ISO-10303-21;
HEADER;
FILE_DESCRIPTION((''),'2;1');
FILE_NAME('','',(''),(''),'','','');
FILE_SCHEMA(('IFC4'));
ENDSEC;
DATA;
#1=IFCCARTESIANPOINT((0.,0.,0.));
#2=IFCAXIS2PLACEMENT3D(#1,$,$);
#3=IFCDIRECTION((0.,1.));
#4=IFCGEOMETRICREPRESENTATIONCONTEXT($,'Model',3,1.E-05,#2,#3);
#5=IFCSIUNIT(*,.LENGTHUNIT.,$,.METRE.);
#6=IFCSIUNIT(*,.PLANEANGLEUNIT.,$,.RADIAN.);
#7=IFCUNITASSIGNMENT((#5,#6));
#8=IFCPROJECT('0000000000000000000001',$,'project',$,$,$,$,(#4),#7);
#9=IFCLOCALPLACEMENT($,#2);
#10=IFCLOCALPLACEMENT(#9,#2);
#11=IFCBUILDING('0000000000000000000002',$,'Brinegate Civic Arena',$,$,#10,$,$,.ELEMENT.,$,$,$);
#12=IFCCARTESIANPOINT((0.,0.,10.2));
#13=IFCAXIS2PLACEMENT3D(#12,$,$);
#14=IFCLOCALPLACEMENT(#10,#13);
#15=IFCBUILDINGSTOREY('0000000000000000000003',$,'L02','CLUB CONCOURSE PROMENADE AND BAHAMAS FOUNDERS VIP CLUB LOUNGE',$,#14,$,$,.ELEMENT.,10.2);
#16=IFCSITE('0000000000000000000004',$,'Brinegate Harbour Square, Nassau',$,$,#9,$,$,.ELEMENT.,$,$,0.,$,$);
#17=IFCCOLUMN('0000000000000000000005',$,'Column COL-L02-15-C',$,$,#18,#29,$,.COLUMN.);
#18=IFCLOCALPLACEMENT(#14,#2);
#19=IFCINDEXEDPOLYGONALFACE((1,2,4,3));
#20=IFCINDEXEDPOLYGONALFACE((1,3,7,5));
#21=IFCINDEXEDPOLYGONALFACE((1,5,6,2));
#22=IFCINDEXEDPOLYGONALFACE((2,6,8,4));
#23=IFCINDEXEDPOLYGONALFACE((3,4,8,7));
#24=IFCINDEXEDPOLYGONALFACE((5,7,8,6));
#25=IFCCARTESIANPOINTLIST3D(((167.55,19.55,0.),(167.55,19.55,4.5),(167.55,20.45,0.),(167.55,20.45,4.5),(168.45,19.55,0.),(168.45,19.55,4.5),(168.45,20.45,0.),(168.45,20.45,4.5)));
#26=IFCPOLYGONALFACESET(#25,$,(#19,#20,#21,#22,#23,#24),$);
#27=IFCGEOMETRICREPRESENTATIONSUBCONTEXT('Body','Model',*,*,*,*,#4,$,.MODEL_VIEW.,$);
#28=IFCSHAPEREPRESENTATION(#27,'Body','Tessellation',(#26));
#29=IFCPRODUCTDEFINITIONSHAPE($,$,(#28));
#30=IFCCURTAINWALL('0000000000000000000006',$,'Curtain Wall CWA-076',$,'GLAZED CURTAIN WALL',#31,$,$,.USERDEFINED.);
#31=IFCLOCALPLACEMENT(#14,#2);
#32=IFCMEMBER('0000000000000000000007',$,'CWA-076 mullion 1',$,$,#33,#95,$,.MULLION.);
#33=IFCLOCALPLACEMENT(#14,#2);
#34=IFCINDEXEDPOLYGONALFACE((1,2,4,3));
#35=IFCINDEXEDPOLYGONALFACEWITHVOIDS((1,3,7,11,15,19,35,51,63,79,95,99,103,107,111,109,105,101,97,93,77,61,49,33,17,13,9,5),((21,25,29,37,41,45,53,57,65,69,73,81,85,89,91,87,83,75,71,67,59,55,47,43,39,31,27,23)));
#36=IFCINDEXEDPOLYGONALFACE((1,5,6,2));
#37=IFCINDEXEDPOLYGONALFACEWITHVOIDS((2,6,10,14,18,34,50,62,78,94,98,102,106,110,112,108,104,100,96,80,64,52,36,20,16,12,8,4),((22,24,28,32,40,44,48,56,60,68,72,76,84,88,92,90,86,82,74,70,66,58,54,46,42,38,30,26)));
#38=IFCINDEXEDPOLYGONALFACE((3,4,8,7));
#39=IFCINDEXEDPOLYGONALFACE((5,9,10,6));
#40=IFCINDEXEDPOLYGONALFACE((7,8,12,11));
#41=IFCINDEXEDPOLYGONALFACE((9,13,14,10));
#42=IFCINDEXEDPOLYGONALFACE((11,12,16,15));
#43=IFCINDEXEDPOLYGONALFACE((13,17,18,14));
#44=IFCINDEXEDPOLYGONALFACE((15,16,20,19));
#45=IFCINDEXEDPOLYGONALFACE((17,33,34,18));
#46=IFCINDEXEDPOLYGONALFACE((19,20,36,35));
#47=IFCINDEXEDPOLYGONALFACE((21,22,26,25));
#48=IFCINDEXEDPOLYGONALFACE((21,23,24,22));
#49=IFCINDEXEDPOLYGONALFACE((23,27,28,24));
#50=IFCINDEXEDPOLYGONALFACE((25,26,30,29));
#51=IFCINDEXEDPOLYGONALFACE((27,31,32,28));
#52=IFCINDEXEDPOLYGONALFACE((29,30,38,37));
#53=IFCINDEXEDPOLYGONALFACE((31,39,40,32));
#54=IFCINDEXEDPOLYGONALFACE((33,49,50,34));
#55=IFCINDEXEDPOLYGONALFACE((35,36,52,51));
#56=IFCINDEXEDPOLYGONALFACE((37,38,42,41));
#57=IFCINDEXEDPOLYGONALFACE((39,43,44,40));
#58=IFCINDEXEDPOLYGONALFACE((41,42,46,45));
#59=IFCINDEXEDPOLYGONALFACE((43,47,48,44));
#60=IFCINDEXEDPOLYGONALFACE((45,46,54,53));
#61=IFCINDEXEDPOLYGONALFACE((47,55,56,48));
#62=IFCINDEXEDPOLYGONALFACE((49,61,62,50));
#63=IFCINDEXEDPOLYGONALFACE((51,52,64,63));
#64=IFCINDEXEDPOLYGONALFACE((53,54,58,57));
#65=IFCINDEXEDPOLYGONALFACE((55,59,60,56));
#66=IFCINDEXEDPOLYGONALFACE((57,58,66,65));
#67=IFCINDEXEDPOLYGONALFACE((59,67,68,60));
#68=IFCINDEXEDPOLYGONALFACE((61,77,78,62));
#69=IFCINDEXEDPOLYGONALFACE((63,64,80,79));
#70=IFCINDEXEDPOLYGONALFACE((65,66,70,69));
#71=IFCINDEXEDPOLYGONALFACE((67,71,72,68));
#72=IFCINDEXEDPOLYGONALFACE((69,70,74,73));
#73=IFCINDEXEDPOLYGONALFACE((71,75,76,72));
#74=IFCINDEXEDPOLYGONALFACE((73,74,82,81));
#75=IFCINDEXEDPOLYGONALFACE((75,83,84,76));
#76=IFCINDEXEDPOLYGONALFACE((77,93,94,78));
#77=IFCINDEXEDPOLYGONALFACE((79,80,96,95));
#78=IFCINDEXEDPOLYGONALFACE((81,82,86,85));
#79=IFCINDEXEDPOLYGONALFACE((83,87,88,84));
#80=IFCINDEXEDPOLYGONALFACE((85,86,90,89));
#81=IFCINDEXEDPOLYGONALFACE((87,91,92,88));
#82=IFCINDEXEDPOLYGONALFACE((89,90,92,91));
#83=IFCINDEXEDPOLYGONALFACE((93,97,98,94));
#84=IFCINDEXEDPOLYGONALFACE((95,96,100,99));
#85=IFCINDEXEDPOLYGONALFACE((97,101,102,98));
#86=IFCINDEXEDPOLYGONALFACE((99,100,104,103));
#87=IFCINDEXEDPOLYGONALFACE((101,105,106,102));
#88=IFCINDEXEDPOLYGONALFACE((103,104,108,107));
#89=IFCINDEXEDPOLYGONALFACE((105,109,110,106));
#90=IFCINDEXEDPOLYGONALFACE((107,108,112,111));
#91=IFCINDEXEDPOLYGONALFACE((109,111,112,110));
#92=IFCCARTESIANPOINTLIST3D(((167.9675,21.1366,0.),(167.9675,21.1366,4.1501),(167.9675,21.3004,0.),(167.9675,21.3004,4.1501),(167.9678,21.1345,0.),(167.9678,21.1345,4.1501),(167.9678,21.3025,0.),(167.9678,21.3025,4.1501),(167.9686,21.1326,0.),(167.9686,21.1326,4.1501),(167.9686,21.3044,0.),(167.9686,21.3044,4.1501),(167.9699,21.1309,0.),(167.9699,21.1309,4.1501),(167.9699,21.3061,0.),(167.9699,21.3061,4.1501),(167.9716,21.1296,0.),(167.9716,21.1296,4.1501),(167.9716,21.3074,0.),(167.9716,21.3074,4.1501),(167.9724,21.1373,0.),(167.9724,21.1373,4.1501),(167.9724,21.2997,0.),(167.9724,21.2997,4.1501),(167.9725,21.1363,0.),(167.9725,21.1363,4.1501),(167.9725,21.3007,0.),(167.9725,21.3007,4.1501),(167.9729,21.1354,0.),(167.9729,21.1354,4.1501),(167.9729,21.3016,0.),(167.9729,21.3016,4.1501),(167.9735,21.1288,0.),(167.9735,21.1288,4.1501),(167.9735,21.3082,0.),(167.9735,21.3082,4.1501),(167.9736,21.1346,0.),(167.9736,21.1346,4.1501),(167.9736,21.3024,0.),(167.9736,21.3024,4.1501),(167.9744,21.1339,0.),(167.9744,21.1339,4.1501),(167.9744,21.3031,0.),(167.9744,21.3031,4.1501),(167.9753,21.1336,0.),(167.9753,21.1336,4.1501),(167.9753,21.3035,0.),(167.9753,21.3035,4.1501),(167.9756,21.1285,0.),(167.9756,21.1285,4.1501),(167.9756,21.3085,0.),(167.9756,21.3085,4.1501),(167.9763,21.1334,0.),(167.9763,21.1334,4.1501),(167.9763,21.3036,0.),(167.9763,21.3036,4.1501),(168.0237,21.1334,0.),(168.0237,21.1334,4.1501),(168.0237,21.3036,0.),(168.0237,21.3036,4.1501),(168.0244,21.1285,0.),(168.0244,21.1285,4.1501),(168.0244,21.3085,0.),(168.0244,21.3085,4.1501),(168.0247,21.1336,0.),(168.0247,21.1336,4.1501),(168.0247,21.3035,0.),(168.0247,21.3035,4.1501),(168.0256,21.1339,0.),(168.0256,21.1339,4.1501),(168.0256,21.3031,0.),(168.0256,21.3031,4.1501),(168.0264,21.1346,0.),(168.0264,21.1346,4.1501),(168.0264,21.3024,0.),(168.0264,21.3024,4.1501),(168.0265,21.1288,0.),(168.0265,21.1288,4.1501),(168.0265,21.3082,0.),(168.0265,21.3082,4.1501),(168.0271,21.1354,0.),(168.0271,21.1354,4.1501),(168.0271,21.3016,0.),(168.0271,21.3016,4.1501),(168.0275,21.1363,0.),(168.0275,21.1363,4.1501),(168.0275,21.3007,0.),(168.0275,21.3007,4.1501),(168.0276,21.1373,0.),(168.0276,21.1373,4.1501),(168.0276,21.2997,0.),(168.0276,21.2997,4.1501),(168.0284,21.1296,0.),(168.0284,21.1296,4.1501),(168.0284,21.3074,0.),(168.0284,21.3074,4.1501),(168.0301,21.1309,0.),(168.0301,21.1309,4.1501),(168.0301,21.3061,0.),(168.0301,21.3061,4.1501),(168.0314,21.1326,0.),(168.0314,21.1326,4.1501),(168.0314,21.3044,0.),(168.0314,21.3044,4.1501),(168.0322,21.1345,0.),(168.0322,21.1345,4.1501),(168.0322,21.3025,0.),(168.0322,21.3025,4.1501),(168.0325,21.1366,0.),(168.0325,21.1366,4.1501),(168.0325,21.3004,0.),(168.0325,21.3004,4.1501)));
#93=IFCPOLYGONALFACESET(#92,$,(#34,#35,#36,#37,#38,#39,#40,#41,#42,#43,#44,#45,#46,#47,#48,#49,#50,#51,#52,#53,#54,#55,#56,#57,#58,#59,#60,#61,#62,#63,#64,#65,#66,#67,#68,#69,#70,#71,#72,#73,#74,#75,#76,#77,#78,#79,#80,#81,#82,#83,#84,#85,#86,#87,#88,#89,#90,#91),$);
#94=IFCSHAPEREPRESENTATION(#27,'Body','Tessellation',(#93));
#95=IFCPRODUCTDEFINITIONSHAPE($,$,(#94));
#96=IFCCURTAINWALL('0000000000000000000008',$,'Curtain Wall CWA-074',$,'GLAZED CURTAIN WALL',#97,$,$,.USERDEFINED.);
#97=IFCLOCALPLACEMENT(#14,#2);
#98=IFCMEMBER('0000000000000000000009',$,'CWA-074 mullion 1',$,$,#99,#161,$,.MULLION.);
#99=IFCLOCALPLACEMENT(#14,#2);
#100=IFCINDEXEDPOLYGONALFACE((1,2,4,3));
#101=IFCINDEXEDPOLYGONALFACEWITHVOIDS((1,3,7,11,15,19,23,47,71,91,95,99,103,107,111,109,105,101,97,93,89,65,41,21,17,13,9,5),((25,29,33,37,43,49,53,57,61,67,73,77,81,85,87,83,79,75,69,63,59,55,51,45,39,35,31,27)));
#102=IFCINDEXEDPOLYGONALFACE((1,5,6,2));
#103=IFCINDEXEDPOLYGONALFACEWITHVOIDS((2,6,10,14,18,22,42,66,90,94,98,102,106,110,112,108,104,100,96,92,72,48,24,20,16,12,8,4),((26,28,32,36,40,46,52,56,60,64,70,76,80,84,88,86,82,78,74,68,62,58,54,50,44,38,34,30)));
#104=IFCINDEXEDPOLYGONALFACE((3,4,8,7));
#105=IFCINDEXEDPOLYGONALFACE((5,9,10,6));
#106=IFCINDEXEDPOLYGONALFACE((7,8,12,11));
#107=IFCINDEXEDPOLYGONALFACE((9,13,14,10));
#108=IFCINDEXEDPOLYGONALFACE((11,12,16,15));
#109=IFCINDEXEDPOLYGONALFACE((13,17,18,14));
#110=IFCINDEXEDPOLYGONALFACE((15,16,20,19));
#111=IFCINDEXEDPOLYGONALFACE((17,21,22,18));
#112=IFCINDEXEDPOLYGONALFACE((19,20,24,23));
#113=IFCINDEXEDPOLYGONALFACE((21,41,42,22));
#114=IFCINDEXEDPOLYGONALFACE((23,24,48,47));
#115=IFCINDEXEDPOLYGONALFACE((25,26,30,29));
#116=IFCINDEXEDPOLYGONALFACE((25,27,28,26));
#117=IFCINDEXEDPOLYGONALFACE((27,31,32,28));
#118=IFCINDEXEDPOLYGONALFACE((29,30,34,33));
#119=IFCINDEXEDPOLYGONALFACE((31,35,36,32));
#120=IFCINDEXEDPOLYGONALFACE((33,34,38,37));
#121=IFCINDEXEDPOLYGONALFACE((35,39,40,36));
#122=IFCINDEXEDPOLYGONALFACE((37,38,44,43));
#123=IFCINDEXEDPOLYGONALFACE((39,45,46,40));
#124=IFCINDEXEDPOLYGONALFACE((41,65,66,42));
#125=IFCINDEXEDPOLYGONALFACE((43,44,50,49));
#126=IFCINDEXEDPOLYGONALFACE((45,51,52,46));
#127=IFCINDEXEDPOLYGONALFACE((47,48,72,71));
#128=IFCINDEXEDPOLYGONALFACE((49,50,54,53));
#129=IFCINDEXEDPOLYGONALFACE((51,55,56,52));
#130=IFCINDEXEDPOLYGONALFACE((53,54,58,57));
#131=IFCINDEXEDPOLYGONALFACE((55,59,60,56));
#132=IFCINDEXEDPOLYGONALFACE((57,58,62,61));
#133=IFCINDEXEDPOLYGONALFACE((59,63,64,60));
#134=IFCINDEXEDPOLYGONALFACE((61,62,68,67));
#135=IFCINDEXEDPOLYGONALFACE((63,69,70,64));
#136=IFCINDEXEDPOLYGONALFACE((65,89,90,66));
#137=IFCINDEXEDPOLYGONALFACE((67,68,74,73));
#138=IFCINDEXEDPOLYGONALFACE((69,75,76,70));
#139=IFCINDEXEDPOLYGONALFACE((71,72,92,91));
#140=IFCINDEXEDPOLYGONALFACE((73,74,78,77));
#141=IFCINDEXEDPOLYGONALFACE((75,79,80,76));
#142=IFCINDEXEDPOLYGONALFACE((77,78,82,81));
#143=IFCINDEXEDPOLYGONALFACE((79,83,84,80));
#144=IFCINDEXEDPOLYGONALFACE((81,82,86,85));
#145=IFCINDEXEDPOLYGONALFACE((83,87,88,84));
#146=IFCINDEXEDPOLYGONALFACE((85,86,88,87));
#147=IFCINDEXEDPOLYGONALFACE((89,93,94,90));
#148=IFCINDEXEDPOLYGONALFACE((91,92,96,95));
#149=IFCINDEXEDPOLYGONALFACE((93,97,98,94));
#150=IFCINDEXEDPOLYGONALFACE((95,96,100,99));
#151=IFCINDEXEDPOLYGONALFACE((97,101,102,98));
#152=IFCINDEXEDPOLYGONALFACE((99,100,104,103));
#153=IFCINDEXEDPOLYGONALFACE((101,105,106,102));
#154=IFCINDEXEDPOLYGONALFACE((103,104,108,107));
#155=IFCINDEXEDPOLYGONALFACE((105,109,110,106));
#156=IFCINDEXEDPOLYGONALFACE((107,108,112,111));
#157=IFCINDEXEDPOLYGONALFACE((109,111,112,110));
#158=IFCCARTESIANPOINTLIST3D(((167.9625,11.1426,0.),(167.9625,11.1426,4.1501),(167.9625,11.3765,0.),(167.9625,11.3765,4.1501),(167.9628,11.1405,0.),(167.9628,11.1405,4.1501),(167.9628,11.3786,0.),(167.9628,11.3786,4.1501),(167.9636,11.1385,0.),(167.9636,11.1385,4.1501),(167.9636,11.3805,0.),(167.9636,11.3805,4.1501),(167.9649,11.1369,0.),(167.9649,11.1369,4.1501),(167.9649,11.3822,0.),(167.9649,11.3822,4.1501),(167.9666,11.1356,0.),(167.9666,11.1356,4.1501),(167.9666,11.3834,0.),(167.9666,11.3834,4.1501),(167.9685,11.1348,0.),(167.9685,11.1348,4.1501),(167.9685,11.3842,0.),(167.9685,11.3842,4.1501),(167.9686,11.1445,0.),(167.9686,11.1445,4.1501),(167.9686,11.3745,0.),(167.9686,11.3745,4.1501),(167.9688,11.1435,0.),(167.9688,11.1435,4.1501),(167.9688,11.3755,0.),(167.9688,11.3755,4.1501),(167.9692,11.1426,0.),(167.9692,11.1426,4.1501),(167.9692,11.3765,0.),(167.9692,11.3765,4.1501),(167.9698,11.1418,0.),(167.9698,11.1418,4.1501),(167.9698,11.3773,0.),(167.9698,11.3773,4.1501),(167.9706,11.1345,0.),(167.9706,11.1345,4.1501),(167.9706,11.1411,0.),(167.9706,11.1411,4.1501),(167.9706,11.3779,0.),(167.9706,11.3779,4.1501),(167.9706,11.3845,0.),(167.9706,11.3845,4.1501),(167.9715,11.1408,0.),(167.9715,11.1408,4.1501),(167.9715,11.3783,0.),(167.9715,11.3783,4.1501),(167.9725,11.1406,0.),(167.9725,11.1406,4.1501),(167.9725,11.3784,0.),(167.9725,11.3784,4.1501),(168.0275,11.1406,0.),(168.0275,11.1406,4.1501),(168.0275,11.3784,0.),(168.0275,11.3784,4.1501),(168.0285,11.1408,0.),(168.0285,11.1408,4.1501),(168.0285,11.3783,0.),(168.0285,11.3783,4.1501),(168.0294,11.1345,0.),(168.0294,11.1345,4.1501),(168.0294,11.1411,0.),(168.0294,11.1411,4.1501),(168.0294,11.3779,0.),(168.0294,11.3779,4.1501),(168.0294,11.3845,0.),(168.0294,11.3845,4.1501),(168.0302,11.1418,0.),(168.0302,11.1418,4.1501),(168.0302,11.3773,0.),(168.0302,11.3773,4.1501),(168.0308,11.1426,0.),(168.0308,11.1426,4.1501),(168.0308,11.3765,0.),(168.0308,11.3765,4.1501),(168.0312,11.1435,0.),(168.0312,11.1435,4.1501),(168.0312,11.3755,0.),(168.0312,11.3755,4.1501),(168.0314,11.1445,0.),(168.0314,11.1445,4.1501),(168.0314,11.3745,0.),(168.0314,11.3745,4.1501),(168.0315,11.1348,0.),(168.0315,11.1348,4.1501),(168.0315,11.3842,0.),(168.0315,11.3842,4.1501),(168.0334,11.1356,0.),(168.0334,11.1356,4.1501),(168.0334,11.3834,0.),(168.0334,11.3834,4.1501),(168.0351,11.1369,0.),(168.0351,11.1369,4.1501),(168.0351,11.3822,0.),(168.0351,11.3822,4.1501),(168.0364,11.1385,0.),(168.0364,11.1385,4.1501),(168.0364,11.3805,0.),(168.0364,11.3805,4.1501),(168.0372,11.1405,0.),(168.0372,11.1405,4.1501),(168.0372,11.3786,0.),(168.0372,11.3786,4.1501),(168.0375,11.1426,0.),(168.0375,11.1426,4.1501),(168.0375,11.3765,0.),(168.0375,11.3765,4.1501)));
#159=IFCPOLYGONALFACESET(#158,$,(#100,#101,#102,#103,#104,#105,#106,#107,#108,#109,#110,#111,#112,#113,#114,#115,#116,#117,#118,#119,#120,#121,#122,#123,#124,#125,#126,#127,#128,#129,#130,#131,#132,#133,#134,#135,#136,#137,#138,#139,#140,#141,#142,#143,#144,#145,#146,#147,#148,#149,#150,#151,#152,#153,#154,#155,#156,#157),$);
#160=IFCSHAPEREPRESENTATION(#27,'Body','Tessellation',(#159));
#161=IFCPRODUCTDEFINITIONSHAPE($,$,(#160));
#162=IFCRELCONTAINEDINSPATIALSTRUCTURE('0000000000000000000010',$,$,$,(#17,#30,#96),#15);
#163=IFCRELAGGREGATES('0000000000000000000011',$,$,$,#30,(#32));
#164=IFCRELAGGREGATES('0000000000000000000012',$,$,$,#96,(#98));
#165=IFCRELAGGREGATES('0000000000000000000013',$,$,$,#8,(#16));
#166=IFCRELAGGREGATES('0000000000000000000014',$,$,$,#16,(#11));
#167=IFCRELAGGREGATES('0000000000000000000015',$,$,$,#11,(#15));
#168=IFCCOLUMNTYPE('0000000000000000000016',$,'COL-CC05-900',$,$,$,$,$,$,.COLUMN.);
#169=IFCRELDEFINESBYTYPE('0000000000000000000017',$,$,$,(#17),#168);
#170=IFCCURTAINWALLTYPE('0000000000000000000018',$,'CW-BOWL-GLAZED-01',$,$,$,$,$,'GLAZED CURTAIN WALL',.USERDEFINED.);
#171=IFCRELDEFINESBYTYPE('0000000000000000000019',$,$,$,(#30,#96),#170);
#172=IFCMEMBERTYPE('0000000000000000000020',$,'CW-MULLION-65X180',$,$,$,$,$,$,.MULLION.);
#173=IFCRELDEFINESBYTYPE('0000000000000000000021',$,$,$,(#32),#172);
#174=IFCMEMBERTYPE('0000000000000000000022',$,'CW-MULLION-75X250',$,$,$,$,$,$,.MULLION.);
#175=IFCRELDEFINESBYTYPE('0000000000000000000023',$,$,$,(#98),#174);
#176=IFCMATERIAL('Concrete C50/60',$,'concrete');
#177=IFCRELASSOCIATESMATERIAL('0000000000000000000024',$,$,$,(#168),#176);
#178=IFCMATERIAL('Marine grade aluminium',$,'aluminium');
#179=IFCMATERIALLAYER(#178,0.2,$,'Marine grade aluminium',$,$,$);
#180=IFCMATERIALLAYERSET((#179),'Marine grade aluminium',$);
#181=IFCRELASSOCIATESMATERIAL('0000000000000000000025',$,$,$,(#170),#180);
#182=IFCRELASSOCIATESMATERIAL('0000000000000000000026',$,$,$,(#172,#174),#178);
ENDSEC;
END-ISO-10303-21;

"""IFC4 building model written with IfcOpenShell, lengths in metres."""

from ifc_helpers import new_model, si_unit, direction, frame, origin, origin_2d, place, context, subcontext, project, spatial, rectangle, hollow_rectangle, extrude, material, layer, layer_set, material_profile, profile_set, type_object, element, aggregate, save


model = new_model("IFC4")

# Units and contexts
model_context = context("Model", 3, precision=1e-05, world=origin(), true_north=direction((0.0, 1.0)))
body_context = subcontext(model_context, "Body", "Model", "MODEL_VIEW")
ifc_project = project(units=[si_unit("LENGTHUNIT", "METRE"), si_unit("PLANEANGLEUNIT", "RADIAN")], contexts=[model_context])

# Site, building, storey
site_placement = place(None, origin())
site = spatial("IfcSite", under=ifc_project, at=site_placement, Name="Brinegate Harbour Square, Nassau", CompositionType="ELEMENT", RefElevation=0.0)
building_placement = place(site_placement, origin())
building = spatial("IfcBuilding", under=site, at=building_placement, Name="Brinegate Civic Arena", CompositionType="ELEMENT")
storey_placement = place(building_placement, frame((0.0, 0.0, 10.2)))
storey = spatial("IfcBuildingStorey", under=building, at=storey_placement, Name="L02", Description="CLUB CONCOURSE PROMENADE AND BAHAMAS FOUNDERS VIP CLUB LOUNGE", CompositionType="ELEMENT", Elevation=10.2)

# Column
ifc_material_1 = material(Name="Concrete C50/60", Category="concrete")
ifc_material_profile_1 = material_profile(ifc_material_1, rectangle(XDim=0.8999, YDim=0.8999, at=origin_2d()), Name="RC900X900")
ifc_profile_set_1 = profile_set([ifc_material_profile_1], Name="Concrete C50/60")
column_type = type_object("IfcColumnType", Name="COL-CC05-900", PredefinedType="COLUMN", material=ifc_profile_set_1)
column_placement = place(storey_placement, frame((168.0, 20.0, 0.0), z_axis=(0.0, 0.0, 1.0), x_axis=(1.0, 0.0, 0.0)))
element("IfcColumn", 1, at=column_placement, inside=storey, type_object=column_type, Name="Column COL-L02-15-C", PredefinedType="COLUMN", context=body_context, shape_type="SweptSolid", body=[
    extrude(rectangle(XDim=0.8999, YDim=0.8999, at=origin_2d()), origin(), (0.0, 0.0, 1.0), 4.5),
])

# Curtain wall, member
ifc_material_2 = material(Name="Marine grade aluminium", Category="aluminium")
ifc_layer_1 = layer(ifc_material_2, 0.2, Name="Marine grade aluminium")
ifc_layer_set_1 = layer_set([ifc_layer_1], Name="Marine grade aluminium")
curtain_wall_type = type_object("IfcCurtainWallType", Name="CW-BOWL-GLAZED-01", ElementType="GLAZED CURTAIN WALL", PredefinedType="USERDEFINED", material=ifc_layer_set_1)
curtain_wall_1_placement = place(storey_placement, origin())
curtain_wall_1 = element("IfcCurtainWall", 2, at=curtain_wall_1_placement, inside=storey, type_object=curtain_wall_type, Name="Curtain Wall CWA-076", ObjectType="GLAZED CURTAIN WALL", PredefinedType="USERDEFINED")
ifc_material_profile_2 = material_profile(ifc_material_2, hollow_rectangle(XDim=0.0649, YDim=0.1799, WallThickness=0.0049, InnerFilletRadius=0.0039, OuterFilletRadius=0.0081, at=origin_2d()), Name="MUL65X180")
ifc_profile_set_2 = profile_set([ifc_material_profile_2], Name="Marine grade aluminium")
member_type_1 = type_object("IfcMemberType", Name="CW-MULLION-65X180", PredefinedType="MULLION", material=ifc_profile_set_2)
member_1_placement = place(storey_placement, frame((168.0, 21.2185, 0.0), z_axis=(0.0, 0.0, 1.0), x_axis=(-1.0, 0.0, 0.0)))
member_1 = element("IfcMember", 3, at=member_1_placement, type_object=member_type_1, Name="CWA-076 mullion 1", PredefinedType="MULLION", context=body_context, shape_type="SweptSolid", body=[
    extrude(hollow_rectangle(XDim=0.0649, YDim=0.1799, WallThickness=0.0049, InnerFilletRadius=0.0039, OuterFilletRadius=0.0081, at=origin_2d()), origin(), (0.0, 0.0, 1.0), 4.1501),
])
aggregate(curtain_wall_1, [member_1])

# Curtain wall, member
curtain_wall_2_placement = place(storey_placement, origin())
curtain_wall_2 = element("IfcCurtainWall", 4, at=curtain_wall_2_placement, inside=storey, type_object=curtain_wall_type, Name="Curtain Wall CWA-074", ObjectType="GLAZED CURTAIN WALL", PredefinedType="USERDEFINED")
ifc_material_profile_3 = material_profile(ifc_material_2, hollow_rectangle(XDim=0.075, YDim=0.25, WallThickness=0.0061, InnerFilletRadius=0.0039, OuterFilletRadius=0.0081, at=origin_2d()), Name="MUL75X250")
ifc_profile_set_3 = profile_set([ifc_material_profile_3], Name="Marine grade aluminium")
member_type_2 = type_object("IfcMemberType", Name="CW-MULLION-75X250", PredefinedType="MULLION", material=ifc_profile_set_3)
member_2_placement = place(storey_placement, frame((168.0, 11.2595, 0.0), z_axis=(0.0, 0.0, 1.0), x_axis=(-1.0, 0.0, 0.0)))
member_2 = element("IfcMember", 5, at=member_2_placement, type_object=member_type_2, Name="CWA-074 mullion 1", PredefinedType="MULLION", context=body_context, shape_type="SweptSolid", body=[
    extrude(hollow_rectangle(XDim=0.075, YDim=0.25, WallThickness=0.0061, InnerFilletRadius=0.0039, OuterFilletRadius=0.0081, at=origin_2d()), origin(), (0.0, 0.0, 1.0), 4.1501),
])

aggregate(curtain_wall_2, [member_2])

save(model, "model.ifc")
